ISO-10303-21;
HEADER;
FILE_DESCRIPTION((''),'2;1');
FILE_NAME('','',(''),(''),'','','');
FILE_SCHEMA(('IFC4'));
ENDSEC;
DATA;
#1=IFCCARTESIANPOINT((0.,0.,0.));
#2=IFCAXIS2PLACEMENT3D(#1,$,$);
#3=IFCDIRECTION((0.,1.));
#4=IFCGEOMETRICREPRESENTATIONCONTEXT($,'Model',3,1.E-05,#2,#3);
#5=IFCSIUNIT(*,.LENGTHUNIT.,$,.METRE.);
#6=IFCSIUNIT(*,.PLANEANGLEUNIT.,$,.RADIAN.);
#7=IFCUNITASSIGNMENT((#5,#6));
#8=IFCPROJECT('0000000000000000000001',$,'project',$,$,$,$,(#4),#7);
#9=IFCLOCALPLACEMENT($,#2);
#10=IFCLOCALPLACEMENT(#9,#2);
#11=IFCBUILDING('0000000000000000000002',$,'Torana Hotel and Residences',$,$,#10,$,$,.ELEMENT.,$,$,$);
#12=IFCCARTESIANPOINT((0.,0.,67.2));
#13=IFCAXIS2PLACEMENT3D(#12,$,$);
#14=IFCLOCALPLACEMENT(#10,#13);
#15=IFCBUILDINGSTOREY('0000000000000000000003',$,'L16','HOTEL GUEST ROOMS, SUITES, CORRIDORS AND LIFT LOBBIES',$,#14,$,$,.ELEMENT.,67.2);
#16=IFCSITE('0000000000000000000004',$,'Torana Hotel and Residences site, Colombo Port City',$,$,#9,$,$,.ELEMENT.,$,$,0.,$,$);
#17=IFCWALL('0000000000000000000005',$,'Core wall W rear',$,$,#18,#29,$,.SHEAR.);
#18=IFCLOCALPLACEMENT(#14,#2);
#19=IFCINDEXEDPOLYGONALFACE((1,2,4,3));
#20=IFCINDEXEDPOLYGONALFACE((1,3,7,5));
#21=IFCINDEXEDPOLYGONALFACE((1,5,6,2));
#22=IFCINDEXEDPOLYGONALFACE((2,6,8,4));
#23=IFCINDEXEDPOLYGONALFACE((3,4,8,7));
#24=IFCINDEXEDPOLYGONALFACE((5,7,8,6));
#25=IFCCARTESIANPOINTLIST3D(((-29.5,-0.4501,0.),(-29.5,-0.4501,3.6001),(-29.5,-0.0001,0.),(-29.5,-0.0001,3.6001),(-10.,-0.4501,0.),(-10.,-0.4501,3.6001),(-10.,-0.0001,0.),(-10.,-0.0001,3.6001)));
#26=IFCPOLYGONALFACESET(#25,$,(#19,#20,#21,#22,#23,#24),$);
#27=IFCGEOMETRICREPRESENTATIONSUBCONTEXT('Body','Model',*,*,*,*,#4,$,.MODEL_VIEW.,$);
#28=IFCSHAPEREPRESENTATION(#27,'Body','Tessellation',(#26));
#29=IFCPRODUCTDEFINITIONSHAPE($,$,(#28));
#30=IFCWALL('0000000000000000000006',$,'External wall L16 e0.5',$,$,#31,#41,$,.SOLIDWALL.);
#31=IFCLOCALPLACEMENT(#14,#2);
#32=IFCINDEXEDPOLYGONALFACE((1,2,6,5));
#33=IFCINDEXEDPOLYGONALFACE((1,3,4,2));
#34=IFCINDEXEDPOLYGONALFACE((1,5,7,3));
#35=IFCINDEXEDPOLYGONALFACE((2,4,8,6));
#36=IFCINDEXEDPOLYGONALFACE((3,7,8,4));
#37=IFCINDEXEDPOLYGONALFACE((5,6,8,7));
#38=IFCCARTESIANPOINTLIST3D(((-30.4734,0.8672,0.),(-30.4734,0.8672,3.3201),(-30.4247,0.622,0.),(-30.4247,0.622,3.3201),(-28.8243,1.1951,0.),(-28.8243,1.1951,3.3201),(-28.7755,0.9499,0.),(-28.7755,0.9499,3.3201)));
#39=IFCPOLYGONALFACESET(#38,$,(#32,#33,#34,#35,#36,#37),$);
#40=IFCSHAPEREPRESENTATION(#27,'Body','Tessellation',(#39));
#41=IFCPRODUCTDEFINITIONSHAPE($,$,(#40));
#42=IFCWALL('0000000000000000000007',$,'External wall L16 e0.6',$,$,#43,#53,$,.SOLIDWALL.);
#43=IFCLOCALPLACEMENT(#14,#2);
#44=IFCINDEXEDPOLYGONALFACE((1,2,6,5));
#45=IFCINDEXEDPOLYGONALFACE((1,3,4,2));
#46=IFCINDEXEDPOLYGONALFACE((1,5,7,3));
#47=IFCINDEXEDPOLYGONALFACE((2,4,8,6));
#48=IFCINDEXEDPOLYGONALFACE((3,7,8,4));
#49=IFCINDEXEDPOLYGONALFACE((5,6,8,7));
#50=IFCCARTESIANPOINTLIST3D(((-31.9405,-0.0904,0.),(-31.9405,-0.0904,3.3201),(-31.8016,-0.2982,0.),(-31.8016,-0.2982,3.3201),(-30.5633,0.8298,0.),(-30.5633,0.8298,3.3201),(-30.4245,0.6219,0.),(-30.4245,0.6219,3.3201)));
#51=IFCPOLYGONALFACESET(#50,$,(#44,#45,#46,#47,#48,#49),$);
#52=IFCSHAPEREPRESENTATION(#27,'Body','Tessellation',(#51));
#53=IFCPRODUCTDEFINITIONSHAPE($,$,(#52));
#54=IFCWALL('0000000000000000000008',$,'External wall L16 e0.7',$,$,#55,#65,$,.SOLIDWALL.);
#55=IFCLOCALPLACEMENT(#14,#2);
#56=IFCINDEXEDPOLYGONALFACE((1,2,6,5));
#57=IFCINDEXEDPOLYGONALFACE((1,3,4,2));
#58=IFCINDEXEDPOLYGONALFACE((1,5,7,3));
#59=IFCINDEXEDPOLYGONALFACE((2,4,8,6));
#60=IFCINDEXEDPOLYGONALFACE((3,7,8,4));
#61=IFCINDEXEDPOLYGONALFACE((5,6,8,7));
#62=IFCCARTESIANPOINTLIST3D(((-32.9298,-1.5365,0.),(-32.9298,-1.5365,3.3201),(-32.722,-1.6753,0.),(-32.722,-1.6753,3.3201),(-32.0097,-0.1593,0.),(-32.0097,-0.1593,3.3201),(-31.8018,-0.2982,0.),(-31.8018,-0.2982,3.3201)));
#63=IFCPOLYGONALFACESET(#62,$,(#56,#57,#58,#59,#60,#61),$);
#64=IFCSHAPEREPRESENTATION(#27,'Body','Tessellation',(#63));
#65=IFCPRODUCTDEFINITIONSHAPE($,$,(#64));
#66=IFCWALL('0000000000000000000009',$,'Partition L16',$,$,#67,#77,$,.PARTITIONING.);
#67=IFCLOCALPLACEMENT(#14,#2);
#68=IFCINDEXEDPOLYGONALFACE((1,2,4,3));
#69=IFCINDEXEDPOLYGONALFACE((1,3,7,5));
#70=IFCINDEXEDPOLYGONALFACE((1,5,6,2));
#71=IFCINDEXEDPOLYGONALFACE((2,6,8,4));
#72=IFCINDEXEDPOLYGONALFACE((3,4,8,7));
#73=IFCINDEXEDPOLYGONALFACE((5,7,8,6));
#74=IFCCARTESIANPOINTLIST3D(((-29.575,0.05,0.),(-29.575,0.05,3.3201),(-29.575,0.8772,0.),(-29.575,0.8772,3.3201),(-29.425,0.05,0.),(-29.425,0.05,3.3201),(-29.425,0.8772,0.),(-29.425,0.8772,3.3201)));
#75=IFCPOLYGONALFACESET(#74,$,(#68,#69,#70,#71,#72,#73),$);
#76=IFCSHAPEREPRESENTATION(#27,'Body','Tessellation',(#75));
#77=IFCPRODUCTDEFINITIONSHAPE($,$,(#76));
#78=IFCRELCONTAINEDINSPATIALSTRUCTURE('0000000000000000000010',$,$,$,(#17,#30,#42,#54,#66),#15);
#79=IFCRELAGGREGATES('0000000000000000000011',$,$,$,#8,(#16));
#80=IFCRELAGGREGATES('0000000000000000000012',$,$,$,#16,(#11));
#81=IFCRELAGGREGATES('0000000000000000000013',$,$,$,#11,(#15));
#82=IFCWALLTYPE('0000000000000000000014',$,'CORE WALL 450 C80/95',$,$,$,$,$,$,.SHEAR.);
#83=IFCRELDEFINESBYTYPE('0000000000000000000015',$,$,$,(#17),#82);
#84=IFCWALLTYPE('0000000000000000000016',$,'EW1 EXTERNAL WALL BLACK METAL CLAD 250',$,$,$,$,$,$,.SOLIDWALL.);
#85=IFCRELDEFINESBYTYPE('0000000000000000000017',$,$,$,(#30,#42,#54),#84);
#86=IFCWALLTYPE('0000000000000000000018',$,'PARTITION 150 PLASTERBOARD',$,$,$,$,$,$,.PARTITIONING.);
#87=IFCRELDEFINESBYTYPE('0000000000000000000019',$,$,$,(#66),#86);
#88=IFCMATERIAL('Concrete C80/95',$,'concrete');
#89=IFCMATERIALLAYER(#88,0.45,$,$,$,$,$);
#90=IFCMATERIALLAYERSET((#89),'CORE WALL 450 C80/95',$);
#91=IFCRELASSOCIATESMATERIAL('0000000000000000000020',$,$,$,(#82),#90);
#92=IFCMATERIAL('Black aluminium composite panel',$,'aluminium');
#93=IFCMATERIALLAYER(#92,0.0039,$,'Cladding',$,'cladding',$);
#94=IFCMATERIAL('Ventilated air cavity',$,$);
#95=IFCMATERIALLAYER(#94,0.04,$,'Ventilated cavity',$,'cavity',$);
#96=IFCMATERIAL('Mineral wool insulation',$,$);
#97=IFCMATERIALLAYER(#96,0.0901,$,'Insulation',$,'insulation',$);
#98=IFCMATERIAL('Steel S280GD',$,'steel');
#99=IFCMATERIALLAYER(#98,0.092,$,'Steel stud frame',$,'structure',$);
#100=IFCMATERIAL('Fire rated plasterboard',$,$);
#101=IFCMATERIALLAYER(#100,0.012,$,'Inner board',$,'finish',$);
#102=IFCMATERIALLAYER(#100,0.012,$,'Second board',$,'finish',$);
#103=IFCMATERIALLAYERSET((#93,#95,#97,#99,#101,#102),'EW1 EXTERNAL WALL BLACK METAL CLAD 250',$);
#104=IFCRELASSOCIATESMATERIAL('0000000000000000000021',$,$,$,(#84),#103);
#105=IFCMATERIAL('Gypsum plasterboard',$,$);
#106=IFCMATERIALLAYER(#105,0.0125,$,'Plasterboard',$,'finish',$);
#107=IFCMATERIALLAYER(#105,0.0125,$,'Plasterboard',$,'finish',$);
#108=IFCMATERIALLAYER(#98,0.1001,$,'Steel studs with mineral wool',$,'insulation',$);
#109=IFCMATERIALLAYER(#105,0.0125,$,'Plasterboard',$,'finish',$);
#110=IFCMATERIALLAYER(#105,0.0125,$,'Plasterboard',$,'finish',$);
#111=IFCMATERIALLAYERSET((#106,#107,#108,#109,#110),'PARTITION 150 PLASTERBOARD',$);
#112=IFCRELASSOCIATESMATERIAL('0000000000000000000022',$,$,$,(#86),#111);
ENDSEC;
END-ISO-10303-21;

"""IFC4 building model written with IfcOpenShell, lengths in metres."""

from ifc_helpers import new_model, si_unit, direction, frame, frame_2d, origin, place, context, subcontext, project, spatial, rectangle, extrude, material, layer, layer_set, type_object, element, save


model = new_model("IFC4")

# Units and contexts
model_context = context("Model", 3, precision=1e-05, world=origin(), true_north=direction((0.0, 1.0)))
body_context = subcontext(model_context, "Body", "Model", "MODEL_VIEW")
ifc_project = project(units=[si_unit("LENGTHUNIT", "METRE"), si_unit("PLANEANGLEUNIT", "RADIAN")], contexts=[model_context])

# Site, building, storey
site_placement = place(None, origin())
site = spatial("IfcSite", under=ifc_project, at=site_placement, Name="Torana Hotel and Residences site, Colombo Port City", CompositionType="ELEMENT", RefElevation=0.0)
building_placement = place(site_placement, origin())
building = spatial("IfcBuilding", under=site, at=building_placement, Name="Torana Hotel and Residences", CompositionType="ELEMENT")
storey_placement = place(building_placement, frame((0.0, 0.0, 67.2)))
storey = spatial("IfcBuildingStorey", under=building, at=storey_placement, Name="L16", Description="HOTEL GUEST ROOMS, SUITES, CORRIDORS AND LIFT LOBBIES", CompositionType="ELEMENT", Elevation=67.2)

# Walls
ifc_material_1 = material(Name="Concrete C80/95", Category="concrete")
ifc_layer_1 = layer(ifc_material_1, 0.45)
ifc_layer_set_1 = layer_set([ifc_layer_1], Name="CORE WALL 450 C80/95")
wall_type_1 = type_object("IfcWallType", Name="CORE WALL 450 C80/95", PredefinedType="SHEAR", material=ifc_layer_set_1)
wall_1_placement = place(storey_placement, frame((-29.5, -0.2251, 0.0), z_axis=(0.0, 0.0, 1.0), x_axis=(1.0, 0.0, 0.0)))
element("IfcWall", 1, at=wall_1_placement, inside=storey, type_object=wall_type_1, Name="Core wall W rear", PredefinedType="SHEAR", context=body_context, shape_type="SweptSolid", body=[
    extrude(rectangle(XDim=19.5, YDim=0.45, at=frame_2d((9.75, 0.0))), origin(), (0.0, 0.0, 1.0), 3.6001),
])
ifc_material_2 = material(Name="Black aluminium composite panel", Category="aluminium")
ifc_layer_2 = layer(ifc_material_2, 0.0039, Name="Cladding", Category="cladding")
ifc_material_3 = material(Name="Ventilated air cavity")
ifc_layer_3 = layer(ifc_material_3, 0.04, Name="Ventilated cavity", Category="cavity")
ifc_material_4 = material(Name="Mineral wool insulation")
ifc_layer_4 = layer(ifc_material_4, 0.0901, Name="Insulation", Category="insulation")
ifc_material_5 = material(Name="Steel S280GD", Category="steel")
ifc_layer_5 = layer(ifc_material_5, 0.092, Name="Steel stud frame", Category="structure")
ifc_material_6 = material(Name="Fire rated plasterboard")
ifc_layer_6 = layer(ifc_material_6, 0.012, Name="Inner board", Category="finish")
ifc_layer_7 = layer(ifc_material_6, 0.012, Name="Second board", Category="finish")
ifc_layer_set_2 = layer_set([ifc_layer_2, ifc_layer_3, ifc_layer_4, ifc_layer_5, ifc_layer_6, ifc_layer_7], Name="EW1 EXTERNAL WALL BLACK METAL CLAD 250")
wall_type_2 = type_object("IfcWallType", Name="EW1 EXTERNAL WALL BLACK METAL CLAD 250", PredefinedType="SOLIDWALL", material=ifc_layer_set_2)
wall_2_placement = place(storey_placement, frame((-28.7998, 1.0725, 0.0), z_axis=(0.0, 0.0, 1.0), x_axis=(-0.980803, -0.194999, 0.0)))
element("IfcWall", 2, at=wall_2_placement, inside=storey, type_object=wall_type_2, Name="External wall L16 e0.5", PredefinedType="SOLIDWALL", context=body_context, shape_type="SweptSolid", body=[
    extrude(rectangle(XDim=1.6814, YDim=0.25, at=frame_2d((0.8408, 0.0))), origin(), (0.0, 0.0, 1.0), 3.3201),
])
for number, where, z_axis, x_axis, name in (
    (3, (-30.4939, 0.7258, 0.0), (0.0, 0.0, 1.0), (-0.831483, -0.55555, 0.0), "External wall L16 e0.6"),
    (4, (-31.9058, -0.2288, 0.0), (0.0, 0.0, 1.0), (-0.55555, -0.831483, 0.0), "External wall L16 e0.7"),
):
    element("IfcWall", number, at=place(storey_placement, frame(where, z_axis=z_axis, x_axis=x_axis)), inside=storey, type_object=wall_type_2, Name=name, PredefinedType="SOLIDWALL", context=body_context, shape_type="SweptSolid", body=[
        extrude(rectangle(XDim=1.6562, YDim=0.25, at=frame_2d((0.8281, 0.0))), origin(), (0.0, 0.0, 1.0), 3.3201),
    ])
ifc_material_7 = material(Name="Gypsum plasterboard")
ifc_layer_8 = layer(ifc_material_7, 0.0125, Name="Plasterboard", Category="finish")
ifc_layer_9 = layer(ifc_material_7, 0.0125, Name="Plasterboard", Category="finish")
ifc_layer_10 = layer(ifc_material_5, 0.1001, Name="Steel studs with mineral wool", Category="insulation")
ifc_layer_11 = layer(ifc_material_7, 0.0125, Name="Plasterboard", Category="finish")
ifc_layer_12 = layer(ifc_material_7, 0.0125, Name="Plasterboard", Category="finish")
ifc_layer_set_3 = layer_set([ifc_layer_8, ifc_layer_9, ifc_layer_10, ifc_layer_11, ifc_layer_12], Name="PARTITION 150 PLASTERBOARD")
wall_type_3 = type_object("IfcWallType", Name="PARTITION 150 PLASTERBOARD", PredefinedType="PARTITIONING", material=ifc_layer_set_3)
wall_3_placement = place(storey_placement, frame((-29.5, 0.05, 0.0), z_axis=(0.0, 0.0, 1.0), x_axis=(0.0, 1.0, 0.0)))
element("IfcWall", 5, at=wall_3_placement, inside=storey, type_object=wall_type_3, Name="Partition L16", PredefinedType="PARTITIONING", context=body_context, shape_type="SweptSolid", body=[
    extrude(rectangle(XDim=0.8271, YDim=0.1499, at=frame_2d((0.4136, 0.0))), origin(), (0.0, 0.0, 1.0), 3.3201),
])

save(model, "model.ifc")
